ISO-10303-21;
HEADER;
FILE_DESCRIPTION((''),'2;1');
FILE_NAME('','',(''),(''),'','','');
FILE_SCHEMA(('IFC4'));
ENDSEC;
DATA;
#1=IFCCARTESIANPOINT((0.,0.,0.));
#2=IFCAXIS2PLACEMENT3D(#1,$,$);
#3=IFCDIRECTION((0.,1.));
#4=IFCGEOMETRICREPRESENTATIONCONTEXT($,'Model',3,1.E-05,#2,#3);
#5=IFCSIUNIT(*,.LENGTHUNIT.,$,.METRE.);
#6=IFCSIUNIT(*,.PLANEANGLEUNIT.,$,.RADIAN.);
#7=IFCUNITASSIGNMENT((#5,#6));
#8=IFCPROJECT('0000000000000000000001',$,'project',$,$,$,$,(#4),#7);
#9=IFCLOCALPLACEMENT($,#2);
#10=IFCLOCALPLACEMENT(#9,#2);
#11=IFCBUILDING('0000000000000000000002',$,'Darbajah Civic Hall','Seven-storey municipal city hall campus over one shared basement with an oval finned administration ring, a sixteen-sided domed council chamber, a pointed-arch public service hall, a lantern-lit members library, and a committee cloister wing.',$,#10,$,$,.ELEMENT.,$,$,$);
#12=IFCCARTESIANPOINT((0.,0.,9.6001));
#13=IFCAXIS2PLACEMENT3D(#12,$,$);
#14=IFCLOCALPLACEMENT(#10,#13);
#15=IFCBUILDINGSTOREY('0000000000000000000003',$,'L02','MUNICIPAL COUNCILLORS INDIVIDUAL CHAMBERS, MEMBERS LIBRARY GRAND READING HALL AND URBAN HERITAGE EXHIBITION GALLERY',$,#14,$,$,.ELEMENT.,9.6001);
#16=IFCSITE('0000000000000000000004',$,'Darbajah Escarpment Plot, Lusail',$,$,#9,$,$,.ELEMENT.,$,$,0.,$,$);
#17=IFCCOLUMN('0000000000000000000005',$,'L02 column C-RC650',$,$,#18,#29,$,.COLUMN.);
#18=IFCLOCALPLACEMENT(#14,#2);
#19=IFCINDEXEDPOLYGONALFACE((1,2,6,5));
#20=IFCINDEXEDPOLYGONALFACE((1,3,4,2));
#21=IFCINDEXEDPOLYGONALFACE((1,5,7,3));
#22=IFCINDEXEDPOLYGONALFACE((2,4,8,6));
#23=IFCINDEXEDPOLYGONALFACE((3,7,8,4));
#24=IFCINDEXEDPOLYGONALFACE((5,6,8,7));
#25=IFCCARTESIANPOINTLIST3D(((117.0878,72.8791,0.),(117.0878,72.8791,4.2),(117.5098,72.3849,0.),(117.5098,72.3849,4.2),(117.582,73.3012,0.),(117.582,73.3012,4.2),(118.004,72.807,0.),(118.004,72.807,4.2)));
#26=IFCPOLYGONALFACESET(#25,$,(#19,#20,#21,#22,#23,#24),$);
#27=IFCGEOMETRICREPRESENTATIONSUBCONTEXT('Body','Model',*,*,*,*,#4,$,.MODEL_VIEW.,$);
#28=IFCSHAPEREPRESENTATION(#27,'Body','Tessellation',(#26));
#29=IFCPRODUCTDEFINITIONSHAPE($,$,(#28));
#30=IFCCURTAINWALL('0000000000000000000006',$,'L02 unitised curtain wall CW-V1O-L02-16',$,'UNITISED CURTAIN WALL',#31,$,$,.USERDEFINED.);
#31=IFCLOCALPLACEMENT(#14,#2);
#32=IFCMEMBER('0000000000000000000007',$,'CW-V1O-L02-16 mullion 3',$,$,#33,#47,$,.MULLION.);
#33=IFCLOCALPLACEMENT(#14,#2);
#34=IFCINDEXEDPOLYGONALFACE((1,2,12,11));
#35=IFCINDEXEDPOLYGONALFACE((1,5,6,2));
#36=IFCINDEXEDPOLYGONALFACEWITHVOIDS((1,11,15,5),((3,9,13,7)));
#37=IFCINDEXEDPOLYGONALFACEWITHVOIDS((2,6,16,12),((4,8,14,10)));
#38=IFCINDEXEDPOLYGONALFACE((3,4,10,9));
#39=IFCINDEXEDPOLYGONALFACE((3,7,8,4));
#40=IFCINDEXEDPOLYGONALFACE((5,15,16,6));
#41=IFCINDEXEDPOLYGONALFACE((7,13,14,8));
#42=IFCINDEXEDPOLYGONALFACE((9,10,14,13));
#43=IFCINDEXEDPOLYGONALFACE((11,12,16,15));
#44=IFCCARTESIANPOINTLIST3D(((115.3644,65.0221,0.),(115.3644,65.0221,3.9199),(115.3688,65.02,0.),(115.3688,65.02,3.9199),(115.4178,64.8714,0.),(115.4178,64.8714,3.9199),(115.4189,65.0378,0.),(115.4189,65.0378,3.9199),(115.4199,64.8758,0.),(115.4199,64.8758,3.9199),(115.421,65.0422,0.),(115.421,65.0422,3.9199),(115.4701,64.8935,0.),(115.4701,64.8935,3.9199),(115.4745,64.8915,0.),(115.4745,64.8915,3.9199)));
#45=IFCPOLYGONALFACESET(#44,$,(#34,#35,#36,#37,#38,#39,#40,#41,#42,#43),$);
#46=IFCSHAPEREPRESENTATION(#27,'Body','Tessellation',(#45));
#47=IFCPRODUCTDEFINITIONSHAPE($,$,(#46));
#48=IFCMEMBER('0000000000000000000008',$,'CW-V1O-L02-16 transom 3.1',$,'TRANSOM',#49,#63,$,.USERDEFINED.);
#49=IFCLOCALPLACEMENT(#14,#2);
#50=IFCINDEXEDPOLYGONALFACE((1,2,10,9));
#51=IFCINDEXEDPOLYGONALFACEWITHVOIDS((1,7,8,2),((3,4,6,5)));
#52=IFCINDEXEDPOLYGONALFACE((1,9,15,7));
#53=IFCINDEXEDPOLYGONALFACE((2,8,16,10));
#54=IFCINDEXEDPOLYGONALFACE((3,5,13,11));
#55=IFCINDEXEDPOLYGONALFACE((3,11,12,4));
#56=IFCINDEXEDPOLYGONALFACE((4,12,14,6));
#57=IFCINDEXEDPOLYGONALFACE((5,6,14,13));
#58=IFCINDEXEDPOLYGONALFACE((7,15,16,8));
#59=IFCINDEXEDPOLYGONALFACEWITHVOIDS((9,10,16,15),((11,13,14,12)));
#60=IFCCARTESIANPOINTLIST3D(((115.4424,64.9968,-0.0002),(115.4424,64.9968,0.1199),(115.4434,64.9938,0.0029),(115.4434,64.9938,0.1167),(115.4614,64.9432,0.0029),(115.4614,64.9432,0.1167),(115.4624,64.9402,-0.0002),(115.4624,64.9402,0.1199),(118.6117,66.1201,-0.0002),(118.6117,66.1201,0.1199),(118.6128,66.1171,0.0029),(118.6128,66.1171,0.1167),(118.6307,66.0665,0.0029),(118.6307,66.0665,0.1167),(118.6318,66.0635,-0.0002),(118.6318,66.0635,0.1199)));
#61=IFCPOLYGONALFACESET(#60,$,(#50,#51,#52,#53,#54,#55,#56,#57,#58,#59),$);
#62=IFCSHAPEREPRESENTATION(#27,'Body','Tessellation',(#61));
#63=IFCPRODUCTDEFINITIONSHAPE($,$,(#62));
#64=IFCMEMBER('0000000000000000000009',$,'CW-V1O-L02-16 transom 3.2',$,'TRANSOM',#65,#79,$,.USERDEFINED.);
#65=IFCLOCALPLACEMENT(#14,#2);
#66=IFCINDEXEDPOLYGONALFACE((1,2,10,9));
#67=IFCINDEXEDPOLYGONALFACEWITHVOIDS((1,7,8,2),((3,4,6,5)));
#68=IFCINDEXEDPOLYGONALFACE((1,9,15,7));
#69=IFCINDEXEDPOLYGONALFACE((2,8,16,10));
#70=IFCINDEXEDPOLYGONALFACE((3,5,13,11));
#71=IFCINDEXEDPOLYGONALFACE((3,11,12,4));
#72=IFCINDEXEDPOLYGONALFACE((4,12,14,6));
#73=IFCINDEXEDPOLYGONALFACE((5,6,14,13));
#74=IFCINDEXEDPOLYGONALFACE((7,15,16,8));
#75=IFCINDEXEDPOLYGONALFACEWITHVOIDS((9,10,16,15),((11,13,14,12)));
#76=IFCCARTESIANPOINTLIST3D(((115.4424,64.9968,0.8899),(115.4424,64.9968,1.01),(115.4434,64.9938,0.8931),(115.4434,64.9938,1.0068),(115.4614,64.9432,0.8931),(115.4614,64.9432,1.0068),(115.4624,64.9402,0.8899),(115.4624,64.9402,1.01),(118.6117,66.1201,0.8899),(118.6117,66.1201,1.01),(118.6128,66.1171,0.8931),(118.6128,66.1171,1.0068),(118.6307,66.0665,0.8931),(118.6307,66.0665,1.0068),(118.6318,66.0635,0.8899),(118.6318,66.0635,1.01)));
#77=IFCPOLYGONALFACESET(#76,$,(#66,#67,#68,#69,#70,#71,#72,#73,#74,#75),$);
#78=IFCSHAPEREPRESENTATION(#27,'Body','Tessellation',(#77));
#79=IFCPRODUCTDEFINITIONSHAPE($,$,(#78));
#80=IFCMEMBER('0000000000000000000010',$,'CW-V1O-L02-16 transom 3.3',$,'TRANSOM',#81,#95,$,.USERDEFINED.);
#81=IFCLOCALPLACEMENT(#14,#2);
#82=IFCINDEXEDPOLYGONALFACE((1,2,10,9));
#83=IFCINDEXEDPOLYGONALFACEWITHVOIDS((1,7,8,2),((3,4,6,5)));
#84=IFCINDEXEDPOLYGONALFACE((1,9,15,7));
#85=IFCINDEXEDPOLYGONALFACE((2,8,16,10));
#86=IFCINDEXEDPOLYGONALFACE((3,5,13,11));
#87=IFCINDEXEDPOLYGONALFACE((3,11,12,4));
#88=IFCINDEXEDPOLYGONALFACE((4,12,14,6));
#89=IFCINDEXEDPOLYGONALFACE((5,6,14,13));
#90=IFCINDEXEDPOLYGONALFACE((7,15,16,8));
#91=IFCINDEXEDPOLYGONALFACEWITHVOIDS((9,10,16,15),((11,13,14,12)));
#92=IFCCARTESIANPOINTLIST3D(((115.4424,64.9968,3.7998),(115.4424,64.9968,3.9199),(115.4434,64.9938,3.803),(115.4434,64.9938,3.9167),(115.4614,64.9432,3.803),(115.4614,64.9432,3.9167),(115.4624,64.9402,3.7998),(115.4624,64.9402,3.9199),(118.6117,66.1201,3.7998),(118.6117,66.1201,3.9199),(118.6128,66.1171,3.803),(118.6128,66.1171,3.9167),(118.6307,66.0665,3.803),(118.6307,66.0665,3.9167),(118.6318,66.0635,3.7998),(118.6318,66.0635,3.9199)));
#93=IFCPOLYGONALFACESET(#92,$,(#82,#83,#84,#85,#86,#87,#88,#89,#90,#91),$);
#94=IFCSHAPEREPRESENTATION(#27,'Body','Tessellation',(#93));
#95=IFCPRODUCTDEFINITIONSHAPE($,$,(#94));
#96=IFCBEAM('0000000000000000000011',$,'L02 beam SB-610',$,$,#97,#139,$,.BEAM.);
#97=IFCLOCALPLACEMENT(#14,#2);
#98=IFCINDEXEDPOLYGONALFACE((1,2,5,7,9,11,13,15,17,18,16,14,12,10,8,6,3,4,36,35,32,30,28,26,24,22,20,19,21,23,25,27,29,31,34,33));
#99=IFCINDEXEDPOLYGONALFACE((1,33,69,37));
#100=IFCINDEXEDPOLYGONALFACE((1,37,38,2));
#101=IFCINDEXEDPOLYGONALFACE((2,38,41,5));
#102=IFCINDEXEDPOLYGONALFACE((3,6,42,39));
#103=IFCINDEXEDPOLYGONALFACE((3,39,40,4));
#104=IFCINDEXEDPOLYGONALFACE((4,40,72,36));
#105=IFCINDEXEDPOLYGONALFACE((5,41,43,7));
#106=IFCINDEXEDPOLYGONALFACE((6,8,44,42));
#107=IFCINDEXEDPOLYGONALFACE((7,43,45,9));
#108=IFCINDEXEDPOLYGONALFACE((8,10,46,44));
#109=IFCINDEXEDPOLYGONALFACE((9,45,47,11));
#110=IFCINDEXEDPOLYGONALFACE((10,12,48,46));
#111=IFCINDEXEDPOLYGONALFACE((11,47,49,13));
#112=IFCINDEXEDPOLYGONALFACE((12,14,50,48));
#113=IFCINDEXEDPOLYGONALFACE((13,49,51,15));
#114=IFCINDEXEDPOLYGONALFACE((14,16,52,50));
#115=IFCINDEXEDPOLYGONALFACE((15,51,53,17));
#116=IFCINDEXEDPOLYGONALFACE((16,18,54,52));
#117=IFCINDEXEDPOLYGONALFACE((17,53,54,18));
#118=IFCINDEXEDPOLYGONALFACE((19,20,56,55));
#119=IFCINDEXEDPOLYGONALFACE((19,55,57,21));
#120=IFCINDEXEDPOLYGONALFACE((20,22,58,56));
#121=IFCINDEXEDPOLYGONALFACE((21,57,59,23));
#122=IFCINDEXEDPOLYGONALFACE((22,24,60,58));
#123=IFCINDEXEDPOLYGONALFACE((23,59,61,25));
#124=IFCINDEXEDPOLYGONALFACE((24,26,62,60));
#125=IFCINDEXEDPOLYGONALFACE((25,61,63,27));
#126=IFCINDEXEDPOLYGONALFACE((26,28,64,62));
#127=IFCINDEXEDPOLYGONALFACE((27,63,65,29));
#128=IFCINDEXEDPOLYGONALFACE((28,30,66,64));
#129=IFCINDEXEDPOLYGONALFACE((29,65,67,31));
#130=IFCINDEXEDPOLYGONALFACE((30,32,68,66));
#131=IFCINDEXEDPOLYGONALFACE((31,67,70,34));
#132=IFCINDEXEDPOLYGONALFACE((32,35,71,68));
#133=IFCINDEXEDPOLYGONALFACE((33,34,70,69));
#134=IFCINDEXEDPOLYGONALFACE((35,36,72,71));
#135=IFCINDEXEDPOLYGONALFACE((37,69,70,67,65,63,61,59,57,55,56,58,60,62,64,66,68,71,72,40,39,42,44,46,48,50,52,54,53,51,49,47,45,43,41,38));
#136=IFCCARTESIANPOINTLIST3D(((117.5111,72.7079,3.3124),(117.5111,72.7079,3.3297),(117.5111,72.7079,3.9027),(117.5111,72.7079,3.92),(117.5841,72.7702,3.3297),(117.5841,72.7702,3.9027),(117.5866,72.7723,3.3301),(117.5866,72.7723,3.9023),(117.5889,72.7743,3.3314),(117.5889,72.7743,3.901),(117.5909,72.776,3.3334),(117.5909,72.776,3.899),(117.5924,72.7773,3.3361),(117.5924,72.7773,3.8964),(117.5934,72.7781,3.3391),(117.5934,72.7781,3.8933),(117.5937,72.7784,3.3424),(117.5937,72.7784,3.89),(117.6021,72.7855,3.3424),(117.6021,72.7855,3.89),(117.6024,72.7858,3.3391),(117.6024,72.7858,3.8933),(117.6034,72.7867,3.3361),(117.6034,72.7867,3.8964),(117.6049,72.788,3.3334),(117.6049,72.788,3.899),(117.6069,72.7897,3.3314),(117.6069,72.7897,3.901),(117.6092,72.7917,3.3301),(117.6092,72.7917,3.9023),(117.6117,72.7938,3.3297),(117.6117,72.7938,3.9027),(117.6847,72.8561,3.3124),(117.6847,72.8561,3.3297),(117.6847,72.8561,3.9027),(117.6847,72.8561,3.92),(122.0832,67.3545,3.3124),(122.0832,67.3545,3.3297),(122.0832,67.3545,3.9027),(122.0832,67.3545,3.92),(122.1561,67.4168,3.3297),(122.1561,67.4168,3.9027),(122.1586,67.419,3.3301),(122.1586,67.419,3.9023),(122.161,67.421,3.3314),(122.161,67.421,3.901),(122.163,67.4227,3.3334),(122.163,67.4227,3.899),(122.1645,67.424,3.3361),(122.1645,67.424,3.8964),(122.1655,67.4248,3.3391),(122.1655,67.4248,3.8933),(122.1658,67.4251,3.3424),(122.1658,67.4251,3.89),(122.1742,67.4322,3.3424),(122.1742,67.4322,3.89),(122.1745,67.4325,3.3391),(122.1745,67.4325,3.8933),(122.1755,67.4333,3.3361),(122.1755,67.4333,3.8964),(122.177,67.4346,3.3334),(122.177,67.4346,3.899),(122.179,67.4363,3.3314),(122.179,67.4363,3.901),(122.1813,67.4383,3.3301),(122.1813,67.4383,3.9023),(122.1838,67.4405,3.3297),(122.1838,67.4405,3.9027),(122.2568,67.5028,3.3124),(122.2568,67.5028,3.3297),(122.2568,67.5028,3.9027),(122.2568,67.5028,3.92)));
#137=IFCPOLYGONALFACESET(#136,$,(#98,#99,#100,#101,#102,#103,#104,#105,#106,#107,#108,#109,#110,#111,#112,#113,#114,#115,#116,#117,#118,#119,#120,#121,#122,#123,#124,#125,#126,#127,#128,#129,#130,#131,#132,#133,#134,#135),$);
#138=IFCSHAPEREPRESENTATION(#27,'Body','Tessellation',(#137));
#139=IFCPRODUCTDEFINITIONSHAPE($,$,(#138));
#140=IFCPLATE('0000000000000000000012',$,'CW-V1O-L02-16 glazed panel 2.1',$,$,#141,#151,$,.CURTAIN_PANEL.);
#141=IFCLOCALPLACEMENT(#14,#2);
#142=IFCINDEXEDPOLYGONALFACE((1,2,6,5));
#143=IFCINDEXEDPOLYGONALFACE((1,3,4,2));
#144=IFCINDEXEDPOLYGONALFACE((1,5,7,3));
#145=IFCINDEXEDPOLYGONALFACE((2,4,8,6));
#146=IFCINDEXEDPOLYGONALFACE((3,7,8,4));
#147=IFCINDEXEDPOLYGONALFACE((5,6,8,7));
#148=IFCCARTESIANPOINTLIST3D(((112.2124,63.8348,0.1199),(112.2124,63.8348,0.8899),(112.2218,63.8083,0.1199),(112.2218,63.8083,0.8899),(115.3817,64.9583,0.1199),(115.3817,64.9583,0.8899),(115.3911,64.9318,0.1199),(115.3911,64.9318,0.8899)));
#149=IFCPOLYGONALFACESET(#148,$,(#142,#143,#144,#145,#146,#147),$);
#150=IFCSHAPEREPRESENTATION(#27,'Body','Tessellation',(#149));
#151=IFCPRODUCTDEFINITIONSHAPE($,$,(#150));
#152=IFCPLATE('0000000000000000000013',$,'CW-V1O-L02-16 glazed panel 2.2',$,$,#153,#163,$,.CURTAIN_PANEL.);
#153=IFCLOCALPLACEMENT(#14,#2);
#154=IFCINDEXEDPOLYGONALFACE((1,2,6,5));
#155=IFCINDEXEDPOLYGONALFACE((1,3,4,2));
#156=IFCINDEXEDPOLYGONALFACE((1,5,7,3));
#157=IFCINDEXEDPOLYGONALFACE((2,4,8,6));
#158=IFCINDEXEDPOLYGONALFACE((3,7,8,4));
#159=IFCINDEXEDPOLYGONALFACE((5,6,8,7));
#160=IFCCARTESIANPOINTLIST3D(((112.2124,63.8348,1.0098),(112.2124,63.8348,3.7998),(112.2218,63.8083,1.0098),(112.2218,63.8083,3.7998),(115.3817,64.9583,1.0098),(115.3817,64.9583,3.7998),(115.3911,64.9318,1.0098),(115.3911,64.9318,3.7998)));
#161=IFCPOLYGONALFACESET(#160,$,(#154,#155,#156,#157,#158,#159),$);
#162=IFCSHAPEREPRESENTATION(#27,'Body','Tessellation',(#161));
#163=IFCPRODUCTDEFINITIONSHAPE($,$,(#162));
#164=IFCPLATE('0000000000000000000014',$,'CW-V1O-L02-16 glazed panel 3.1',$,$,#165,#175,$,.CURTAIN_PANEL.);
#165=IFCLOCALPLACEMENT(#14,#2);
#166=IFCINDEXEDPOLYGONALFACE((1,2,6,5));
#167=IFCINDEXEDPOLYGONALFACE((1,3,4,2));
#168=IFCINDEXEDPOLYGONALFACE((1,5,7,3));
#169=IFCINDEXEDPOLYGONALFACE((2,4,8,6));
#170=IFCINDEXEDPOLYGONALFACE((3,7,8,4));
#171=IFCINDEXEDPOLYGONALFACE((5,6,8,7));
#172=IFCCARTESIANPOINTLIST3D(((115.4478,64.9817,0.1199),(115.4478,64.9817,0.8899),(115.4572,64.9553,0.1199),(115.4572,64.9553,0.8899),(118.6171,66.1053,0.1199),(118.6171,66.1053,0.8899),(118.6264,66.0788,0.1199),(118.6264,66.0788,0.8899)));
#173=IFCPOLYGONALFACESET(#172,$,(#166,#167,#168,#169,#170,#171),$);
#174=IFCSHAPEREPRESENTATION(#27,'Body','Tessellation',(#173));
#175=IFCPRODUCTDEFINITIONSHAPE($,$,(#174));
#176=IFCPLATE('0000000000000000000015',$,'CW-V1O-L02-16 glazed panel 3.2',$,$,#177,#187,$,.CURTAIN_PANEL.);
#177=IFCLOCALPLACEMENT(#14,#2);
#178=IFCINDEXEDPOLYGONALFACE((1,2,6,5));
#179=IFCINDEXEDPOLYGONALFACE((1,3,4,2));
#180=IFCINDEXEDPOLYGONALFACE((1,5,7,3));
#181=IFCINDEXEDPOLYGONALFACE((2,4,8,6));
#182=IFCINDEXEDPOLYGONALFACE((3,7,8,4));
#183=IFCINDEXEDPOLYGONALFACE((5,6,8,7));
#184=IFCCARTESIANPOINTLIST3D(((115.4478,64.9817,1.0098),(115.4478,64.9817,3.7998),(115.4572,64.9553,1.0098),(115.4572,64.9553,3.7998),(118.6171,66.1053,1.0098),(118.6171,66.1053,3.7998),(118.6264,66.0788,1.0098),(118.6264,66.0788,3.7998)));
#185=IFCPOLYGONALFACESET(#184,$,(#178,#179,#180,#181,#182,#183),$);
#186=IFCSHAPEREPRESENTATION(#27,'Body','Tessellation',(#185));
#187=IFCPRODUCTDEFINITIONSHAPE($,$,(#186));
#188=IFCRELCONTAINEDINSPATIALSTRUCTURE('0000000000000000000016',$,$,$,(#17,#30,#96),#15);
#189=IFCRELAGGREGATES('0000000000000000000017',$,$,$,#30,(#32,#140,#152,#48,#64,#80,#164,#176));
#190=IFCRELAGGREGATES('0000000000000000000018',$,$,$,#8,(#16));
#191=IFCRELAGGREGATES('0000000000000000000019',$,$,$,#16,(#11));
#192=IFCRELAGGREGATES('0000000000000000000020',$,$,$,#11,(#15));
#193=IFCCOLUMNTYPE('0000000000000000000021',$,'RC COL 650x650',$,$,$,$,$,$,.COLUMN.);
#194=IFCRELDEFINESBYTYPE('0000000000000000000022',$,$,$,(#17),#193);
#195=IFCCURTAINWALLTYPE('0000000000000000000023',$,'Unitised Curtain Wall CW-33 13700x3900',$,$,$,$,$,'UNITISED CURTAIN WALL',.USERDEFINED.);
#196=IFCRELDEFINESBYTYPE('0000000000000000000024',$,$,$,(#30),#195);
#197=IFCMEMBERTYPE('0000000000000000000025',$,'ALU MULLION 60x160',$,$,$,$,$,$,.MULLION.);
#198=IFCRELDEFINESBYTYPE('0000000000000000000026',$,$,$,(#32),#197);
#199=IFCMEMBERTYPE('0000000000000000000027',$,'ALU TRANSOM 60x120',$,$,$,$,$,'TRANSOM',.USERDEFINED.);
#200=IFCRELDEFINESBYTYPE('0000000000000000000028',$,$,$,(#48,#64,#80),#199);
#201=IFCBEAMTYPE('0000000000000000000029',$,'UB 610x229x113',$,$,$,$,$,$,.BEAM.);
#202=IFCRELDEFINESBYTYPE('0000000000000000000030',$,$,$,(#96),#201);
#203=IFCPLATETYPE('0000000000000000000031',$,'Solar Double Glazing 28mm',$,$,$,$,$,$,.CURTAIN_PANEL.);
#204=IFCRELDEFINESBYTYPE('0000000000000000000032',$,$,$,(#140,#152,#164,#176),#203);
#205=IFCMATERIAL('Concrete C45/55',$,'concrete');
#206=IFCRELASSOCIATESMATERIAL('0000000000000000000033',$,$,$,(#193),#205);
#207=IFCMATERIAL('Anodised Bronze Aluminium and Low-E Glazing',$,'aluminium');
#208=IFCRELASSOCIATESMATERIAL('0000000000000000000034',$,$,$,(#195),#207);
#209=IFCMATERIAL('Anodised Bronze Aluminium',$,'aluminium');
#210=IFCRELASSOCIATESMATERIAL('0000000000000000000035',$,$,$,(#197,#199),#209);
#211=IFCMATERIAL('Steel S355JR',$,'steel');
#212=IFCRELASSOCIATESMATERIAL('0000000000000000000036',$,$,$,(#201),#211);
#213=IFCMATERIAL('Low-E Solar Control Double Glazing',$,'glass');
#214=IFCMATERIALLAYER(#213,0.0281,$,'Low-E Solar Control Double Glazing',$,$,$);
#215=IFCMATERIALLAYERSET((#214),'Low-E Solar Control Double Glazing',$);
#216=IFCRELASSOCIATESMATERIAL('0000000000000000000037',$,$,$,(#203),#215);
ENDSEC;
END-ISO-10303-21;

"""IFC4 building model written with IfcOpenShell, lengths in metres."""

from ifc_helpers import new_model, si_unit, direction, frame, origin, origin_2d, place, context, subcontext, project, spatial, rectangle, hollow_rectangle, i_section, extrude, material, layer, layer_set, material_profile, profile_set, type_object, element, aggregate, save


model = new_model("IFC4")

# Units and contexts
model_context = context("Model", 3, precision=1e-05, world=origin(), true_north=direction((0.0, 1.0)))
body_context = subcontext(model_context, "Body", "Model", "MODEL_VIEW")
ifc_project = project(units=[si_unit("LENGTHUNIT", "METRE"), si_unit("PLANEANGLEUNIT", "RADIAN")], contexts=[model_context])

# Site, building, storey
site_placement = place(None, origin())
site = spatial("IfcSite", under=ifc_project, at=site_placement, Name="Darbajah Escarpment Plot, Lusail", CompositionType="ELEMENT", RefElevation=0.0)
building_placement = place(site_placement, origin())
building = spatial("IfcBuilding", under=site, at=building_placement, Name="Darbajah Civic Hall", Description="Seven-storey municipal city hall campus over one shared basement with an oval finned administration ring, a sixteen-sided domed council chamber, a pointed-arch public service hall, a lantern-lit members library, and a committee cloister wing.", CompositionType="ELEMENT")
storey_placement = place(building_placement, frame((0.0, 0.0, 9.6001)))
storey = spatial("IfcBuildingStorey", under=building, at=storey_placement, Name="L02", Description="MUNICIPAL COUNCILLORS INDIVIDUAL CHAMBERS, MEMBERS LIBRARY GRAND READING HALL AND URBAN HERITAGE EXHIBITION GALLERY", CompositionType="ELEMENT", Elevation=9.6001)

# Column
ifc_material_1 = material(Name="Concrete C45/55", Category="concrete")
ifc_material_profile_1 = material_profile(ifc_material_1, rectangle(XDim=0.6499, YDim=0.6499, at=origin_2d()), Name="RC COL 650x650")
ifc_profile_set_1 = profile_set([ifc_material_profile_1], Name="Concrete C45/55")
column_type = type_object("IfcColumnType", Name="RC COL 650x650", PredefinedType="COLUMN", material=ifc_profile_set_1)
column_placement = place(storey_placement, frame((117.5459, 72.843, 0.0), z_axis=(0.0, 0.0, 1.0), x_axis=(0.649448, -0.760406, 0.0)))
element("IfcColumn", 1, at=column_placement, inside=storey, type_object=column_type, Name="L02 column C-RC650", PredefinedType="COLUMN", context=body_context, shape_type="SweptSolid", body=[
    extrude(rectangle(XDim=0.6499, YDim=0.6499, at=origin_2d()), origin(), (0.0, 0.0, 1.0), 4.2),
])

# Curtain wall, members
ifc_material_2 = material(Name="Anodised Bronze Aluminium and Low-E Glazing", Category="aluminium")
curtain_wall_type = type_object("IfcCurtainWallType", Name="Unitised Curtain Wall CW-33 13700x3900", ElementType="UNITISED CURTAIN WALL", PredefinedType="USERDEFINED", material=ifc_material_2)
curtain_wall_placement = place(storey_placement, origin())
curtain_wall = element("IfcCurtainWall", 2, at=curtain_wall_placement, inside=storey, type_object=curtain_wall_type, Name="L02 unitised curtain wall CW-V1O-L02-16", ObjectType="UNITISED CURTAIN WALL", PredefinedType="USERDEFINED")
ifc_material_3 = material(Name="Anodised Bronze Aluminium", Category="aluminium")
ifc_material_profile_2 = material_profile(ifc_material_3, hollow_rectangle(XDim=0.0601, YDim=0.1599, WallThickness=0.0034, at=origin_2d()), Name="ALU MULLION 60x160")
ifc_profile_set_2 = profile_set([ifc_material_profile_2], Name="Anodised Bronze Aluminium")
member_type_1 = type_object("IfcMemberType", Name="ALU MULLION 60x160", PredefinedType="MULLION", material=ifc_profile_set_2)
member_1_placement = place(storey_placement, frame((115.4194, 64.9568, 0.0), z_axis=(0.0, 0.0, 1.0), x_axis=(0.942525, 0.334136, 0.0)))
member_1 = element("IfcMember", 3, at=member_1_placement, type_object=member_type_1, Name="CW-V1O-L02-16 mullion 3", PredefinedType="MULLION", context=body_context, shape_type="SweptSolid", body=[
    extrude(hollow_rectangle(XDim=0.0601, YDim=0.1599, WallThickness=0.0034, at=origin_2d()), origin(), (0.0, 0.0, 1.0), 3.9199),
])
ifc_material_profile_3 = material_profile(ifc_material_3, hollow_rectangle(XDim=0.0601, YDim=0.1201, WallThickness=0.0032, at=origin_2d()), Name="ALU TRANSOM 60x120")
ifc_profile_set_3 = profile_set([ifc_material_profile_3], Name="Anodised Bronze Aluminium")
member_type_2 = type_object("IfcMemberType", Name="ALU TRANSOM 60x120", ElementType="TRANSOM", PredefinedType="USERDEFINED", material=ifc_profile_set_3)
member_2_placement = place(storey_placement, frame((115.4524, 64.9685, 0.0598), z_axis=(0.942554, 0.334054, 0.0), x_axis=(-0.334054, 0.942554, 0.0)))
member_2 = element("IfcMember", 4, at=member_2_placement, type_object=member_type_2, Name="CW-V1O-L02-16 transom 3.1", ObjectType="TRANSOM", PredefinedType="USERDEFINED", context=body_context, shape_type="SweptSolid", body=[
    extrude(hollow_rectangle(XDim=0.0601, YDim=0.1201, WallThickness=0.0032, at=origin_2d()), origin(), (0.0, 0.0, 1.0), 3.3625),
])
member_3_placement = place(storey_placement, frame((115.4524, 64.9685, 0.95), z_axis=(0.942554, 0.334054, 0.0), x_axis=(-0.334054, 0.942554, 0.0)))
member_3 = element("IfcMember", 5, at=member_3_placement, type_object=member_type_2, Name="CW-V1O-L02-16 transom 3.2", ObjectType="TRANSOM", PredefinedType="USERDEFINED", context=body_context, shape_type="SweptSolid", body=[
    extrude(hollow_rectangle(XDim=0.0601, YDim=0.1201, WallThickness=0.0032, at=origin_2d()), origin(), (0.0, 0.0, 1.0), 3.3625),
])
member_4_placement = place(storey_placement, frame((115.4524, 64.9685, 3.8599), z_axis=(0.942554, 0.334054, 0.0), x_axis=(-0.334054, 0.942554, 0.0)))
member_4 = element("IfcMember", 6, at=member_4_placement, type_object=member_type_2, Name="CW-V1O-L02-16 transom 3.3", ObjectType="TRANSOM", PredefinedType="USERDEFINED", context=body_context, shape_type="SweptSolid", body=[
    extrude(hollow_rectangle(XDim=0.0601, YDim=0.1201, WallThickness=0.0032, at=origin_2d()), origin(), (0.0, 0.0, 1.0), 3.3625),
])

# Beam
ifc_material_4 = material(Name="Steel S355JR", Category="steel")
ifc_material_profile_4 = material_profile(ifc_material_4, i_section(OverallWidth=0.2283, OverallDepth=0.6077, WebThickness=0.011, FlangeThickness=0.0173, FilletRadius=0.0127, at=origin_2d()), Name="UB 610x229x113")
ifc_profile_set_4 = profile_set([ifc_material_profile_4], Name="Steel S355JR")
beam_type = type_object("IfcBeamType", Name="UB 610x229x113", PredefinedType="BEAM", material=ifc_profile_set_4)
beam_placement = place(storey_placement, frame((117.5979, 72.782, 3.6162), z_axis=(0.649439, -0.760413, 0.0), x_axis=(0.760413, 0.649439, 0.0)))
element("IfcBeam", 7, at=beam_placement, inside=storey, type_object=beam_type, Name="L02 beam SB-610", PredefinedType="BEAM", context=body_context, shape_type="SweptSolid", body=[
    extrude(i_section(OverallWidth=0.2283, OverallDepth=0.6077, WebThickness=0.011, FlangeThickness=0.0173, FilletRadius=0.0127, at=origin_2d()), origin(), (0.0, 0.0, 1.0), 7.04),
])

# Plates
ifc_material_5 = material(Name="Low-E Solar Control Double Glazing", Category="glass")
ifc_layer = layer(ifc_material_5, 0.0281, Name="Low-E Solar Control Double Glazing")
ifc_layer_set = layer_set([ifc_layer], Name="Low-E Solar Control Double Glazing")
plate_type = type_object("IfcPlateType", Name="Solar Double Glazing 28mm", PredefinedType="CURTAIN_PANEL", material=ifc_layer_set)
plate_1_placement = place(storey_placement, frame((113.8018, 64.3833, 0.1199), z_axis=(0.0, 0.0, 1.0), x_axis=(0.942525, 0.334136, 0.0)))
plate_1 = element("IfcPlate", 8, at=plate_1_placement, type_object=plate_type, Name="CW-V1O-L02-16 glazed panel 2.1", PredefinedType="CURTAIN_PANEL", context=body_context, shape_type="SweptSolid", body=[
    extrude(rectangle(XDim=3.3625, YDim=0.0281, at=origin_2d()), origin(), (0.0, 0.0, 1.0), 0.77),
])
plate_2_placement = place(storey_placement, frame((113.8018, 64.3833, 1.0098), z_axis=(0.0, 0.0, 1.0), x_axis=(0.942525, 0.334136, 0.0)))
plate_2 = element("IfcPlate", 9, at=plate_2_placement, type_object=plate_type, Name="CW-V1O-L02-16 glazed panel 2.2", PredefinedType="CURTAIN_PANEL", context=body_context, shape_type="SweptSolid", body=[
    extrude(rectangle(XDim=3.3625, YDim=0.0281, at=origin_2d()), origin(), (0.0, 0.0, 1.0), 2.79),
])
plate_3_placement = place(storey_placement, frame((117.0371, 65.5303, 0.1199), z_axis=(0.0, 0.0, 1.0), x_axis=(0.942525, 0.334136, 0.0)))
plate_3 = element("IfcPlate", 10, at=plate_3_placement, type_object=plate_type, Name="CW-V1O-L02-16 glazed panel 3.1", PredefinedType="CURTAIN_PANEL", context=body_context, shape_type="SweptSolid", body=[
    extrude(rectangle(XDim=3.3625, YDim=0.0281, at=origin_2d()), origin(), (0.0, 0.0, 1.0), 0.77),
])
plate_4_placement = place(storey_placement, frame((117.0371, 65.5303, 1.0098), z_axis=(0.0, 0.0, 1.0), x_axis=(0.942525, 0.334136, 0.0)))
plate_4 = element("IfcPlate", 11, at=plate_4_placement, type_object=plate_type, Name="CW-V1O-L02-16 glazed panel 3.2", PredefinedType="CURTAIN_PANEL", context=body_context, shape_type="SweptSolid", body=[
    extrude(rectangle(XDim=3.3625, YDim=0.0281, at=origin_2d()), origin(), (0.0, 0.0, 1.0), 2.79),
])
aggregate(curtain_wall, [member_1, plate_1, plate_2, member_2, member_3, member_4, plate_3, plate_4])

save(model, "model.ifc")
